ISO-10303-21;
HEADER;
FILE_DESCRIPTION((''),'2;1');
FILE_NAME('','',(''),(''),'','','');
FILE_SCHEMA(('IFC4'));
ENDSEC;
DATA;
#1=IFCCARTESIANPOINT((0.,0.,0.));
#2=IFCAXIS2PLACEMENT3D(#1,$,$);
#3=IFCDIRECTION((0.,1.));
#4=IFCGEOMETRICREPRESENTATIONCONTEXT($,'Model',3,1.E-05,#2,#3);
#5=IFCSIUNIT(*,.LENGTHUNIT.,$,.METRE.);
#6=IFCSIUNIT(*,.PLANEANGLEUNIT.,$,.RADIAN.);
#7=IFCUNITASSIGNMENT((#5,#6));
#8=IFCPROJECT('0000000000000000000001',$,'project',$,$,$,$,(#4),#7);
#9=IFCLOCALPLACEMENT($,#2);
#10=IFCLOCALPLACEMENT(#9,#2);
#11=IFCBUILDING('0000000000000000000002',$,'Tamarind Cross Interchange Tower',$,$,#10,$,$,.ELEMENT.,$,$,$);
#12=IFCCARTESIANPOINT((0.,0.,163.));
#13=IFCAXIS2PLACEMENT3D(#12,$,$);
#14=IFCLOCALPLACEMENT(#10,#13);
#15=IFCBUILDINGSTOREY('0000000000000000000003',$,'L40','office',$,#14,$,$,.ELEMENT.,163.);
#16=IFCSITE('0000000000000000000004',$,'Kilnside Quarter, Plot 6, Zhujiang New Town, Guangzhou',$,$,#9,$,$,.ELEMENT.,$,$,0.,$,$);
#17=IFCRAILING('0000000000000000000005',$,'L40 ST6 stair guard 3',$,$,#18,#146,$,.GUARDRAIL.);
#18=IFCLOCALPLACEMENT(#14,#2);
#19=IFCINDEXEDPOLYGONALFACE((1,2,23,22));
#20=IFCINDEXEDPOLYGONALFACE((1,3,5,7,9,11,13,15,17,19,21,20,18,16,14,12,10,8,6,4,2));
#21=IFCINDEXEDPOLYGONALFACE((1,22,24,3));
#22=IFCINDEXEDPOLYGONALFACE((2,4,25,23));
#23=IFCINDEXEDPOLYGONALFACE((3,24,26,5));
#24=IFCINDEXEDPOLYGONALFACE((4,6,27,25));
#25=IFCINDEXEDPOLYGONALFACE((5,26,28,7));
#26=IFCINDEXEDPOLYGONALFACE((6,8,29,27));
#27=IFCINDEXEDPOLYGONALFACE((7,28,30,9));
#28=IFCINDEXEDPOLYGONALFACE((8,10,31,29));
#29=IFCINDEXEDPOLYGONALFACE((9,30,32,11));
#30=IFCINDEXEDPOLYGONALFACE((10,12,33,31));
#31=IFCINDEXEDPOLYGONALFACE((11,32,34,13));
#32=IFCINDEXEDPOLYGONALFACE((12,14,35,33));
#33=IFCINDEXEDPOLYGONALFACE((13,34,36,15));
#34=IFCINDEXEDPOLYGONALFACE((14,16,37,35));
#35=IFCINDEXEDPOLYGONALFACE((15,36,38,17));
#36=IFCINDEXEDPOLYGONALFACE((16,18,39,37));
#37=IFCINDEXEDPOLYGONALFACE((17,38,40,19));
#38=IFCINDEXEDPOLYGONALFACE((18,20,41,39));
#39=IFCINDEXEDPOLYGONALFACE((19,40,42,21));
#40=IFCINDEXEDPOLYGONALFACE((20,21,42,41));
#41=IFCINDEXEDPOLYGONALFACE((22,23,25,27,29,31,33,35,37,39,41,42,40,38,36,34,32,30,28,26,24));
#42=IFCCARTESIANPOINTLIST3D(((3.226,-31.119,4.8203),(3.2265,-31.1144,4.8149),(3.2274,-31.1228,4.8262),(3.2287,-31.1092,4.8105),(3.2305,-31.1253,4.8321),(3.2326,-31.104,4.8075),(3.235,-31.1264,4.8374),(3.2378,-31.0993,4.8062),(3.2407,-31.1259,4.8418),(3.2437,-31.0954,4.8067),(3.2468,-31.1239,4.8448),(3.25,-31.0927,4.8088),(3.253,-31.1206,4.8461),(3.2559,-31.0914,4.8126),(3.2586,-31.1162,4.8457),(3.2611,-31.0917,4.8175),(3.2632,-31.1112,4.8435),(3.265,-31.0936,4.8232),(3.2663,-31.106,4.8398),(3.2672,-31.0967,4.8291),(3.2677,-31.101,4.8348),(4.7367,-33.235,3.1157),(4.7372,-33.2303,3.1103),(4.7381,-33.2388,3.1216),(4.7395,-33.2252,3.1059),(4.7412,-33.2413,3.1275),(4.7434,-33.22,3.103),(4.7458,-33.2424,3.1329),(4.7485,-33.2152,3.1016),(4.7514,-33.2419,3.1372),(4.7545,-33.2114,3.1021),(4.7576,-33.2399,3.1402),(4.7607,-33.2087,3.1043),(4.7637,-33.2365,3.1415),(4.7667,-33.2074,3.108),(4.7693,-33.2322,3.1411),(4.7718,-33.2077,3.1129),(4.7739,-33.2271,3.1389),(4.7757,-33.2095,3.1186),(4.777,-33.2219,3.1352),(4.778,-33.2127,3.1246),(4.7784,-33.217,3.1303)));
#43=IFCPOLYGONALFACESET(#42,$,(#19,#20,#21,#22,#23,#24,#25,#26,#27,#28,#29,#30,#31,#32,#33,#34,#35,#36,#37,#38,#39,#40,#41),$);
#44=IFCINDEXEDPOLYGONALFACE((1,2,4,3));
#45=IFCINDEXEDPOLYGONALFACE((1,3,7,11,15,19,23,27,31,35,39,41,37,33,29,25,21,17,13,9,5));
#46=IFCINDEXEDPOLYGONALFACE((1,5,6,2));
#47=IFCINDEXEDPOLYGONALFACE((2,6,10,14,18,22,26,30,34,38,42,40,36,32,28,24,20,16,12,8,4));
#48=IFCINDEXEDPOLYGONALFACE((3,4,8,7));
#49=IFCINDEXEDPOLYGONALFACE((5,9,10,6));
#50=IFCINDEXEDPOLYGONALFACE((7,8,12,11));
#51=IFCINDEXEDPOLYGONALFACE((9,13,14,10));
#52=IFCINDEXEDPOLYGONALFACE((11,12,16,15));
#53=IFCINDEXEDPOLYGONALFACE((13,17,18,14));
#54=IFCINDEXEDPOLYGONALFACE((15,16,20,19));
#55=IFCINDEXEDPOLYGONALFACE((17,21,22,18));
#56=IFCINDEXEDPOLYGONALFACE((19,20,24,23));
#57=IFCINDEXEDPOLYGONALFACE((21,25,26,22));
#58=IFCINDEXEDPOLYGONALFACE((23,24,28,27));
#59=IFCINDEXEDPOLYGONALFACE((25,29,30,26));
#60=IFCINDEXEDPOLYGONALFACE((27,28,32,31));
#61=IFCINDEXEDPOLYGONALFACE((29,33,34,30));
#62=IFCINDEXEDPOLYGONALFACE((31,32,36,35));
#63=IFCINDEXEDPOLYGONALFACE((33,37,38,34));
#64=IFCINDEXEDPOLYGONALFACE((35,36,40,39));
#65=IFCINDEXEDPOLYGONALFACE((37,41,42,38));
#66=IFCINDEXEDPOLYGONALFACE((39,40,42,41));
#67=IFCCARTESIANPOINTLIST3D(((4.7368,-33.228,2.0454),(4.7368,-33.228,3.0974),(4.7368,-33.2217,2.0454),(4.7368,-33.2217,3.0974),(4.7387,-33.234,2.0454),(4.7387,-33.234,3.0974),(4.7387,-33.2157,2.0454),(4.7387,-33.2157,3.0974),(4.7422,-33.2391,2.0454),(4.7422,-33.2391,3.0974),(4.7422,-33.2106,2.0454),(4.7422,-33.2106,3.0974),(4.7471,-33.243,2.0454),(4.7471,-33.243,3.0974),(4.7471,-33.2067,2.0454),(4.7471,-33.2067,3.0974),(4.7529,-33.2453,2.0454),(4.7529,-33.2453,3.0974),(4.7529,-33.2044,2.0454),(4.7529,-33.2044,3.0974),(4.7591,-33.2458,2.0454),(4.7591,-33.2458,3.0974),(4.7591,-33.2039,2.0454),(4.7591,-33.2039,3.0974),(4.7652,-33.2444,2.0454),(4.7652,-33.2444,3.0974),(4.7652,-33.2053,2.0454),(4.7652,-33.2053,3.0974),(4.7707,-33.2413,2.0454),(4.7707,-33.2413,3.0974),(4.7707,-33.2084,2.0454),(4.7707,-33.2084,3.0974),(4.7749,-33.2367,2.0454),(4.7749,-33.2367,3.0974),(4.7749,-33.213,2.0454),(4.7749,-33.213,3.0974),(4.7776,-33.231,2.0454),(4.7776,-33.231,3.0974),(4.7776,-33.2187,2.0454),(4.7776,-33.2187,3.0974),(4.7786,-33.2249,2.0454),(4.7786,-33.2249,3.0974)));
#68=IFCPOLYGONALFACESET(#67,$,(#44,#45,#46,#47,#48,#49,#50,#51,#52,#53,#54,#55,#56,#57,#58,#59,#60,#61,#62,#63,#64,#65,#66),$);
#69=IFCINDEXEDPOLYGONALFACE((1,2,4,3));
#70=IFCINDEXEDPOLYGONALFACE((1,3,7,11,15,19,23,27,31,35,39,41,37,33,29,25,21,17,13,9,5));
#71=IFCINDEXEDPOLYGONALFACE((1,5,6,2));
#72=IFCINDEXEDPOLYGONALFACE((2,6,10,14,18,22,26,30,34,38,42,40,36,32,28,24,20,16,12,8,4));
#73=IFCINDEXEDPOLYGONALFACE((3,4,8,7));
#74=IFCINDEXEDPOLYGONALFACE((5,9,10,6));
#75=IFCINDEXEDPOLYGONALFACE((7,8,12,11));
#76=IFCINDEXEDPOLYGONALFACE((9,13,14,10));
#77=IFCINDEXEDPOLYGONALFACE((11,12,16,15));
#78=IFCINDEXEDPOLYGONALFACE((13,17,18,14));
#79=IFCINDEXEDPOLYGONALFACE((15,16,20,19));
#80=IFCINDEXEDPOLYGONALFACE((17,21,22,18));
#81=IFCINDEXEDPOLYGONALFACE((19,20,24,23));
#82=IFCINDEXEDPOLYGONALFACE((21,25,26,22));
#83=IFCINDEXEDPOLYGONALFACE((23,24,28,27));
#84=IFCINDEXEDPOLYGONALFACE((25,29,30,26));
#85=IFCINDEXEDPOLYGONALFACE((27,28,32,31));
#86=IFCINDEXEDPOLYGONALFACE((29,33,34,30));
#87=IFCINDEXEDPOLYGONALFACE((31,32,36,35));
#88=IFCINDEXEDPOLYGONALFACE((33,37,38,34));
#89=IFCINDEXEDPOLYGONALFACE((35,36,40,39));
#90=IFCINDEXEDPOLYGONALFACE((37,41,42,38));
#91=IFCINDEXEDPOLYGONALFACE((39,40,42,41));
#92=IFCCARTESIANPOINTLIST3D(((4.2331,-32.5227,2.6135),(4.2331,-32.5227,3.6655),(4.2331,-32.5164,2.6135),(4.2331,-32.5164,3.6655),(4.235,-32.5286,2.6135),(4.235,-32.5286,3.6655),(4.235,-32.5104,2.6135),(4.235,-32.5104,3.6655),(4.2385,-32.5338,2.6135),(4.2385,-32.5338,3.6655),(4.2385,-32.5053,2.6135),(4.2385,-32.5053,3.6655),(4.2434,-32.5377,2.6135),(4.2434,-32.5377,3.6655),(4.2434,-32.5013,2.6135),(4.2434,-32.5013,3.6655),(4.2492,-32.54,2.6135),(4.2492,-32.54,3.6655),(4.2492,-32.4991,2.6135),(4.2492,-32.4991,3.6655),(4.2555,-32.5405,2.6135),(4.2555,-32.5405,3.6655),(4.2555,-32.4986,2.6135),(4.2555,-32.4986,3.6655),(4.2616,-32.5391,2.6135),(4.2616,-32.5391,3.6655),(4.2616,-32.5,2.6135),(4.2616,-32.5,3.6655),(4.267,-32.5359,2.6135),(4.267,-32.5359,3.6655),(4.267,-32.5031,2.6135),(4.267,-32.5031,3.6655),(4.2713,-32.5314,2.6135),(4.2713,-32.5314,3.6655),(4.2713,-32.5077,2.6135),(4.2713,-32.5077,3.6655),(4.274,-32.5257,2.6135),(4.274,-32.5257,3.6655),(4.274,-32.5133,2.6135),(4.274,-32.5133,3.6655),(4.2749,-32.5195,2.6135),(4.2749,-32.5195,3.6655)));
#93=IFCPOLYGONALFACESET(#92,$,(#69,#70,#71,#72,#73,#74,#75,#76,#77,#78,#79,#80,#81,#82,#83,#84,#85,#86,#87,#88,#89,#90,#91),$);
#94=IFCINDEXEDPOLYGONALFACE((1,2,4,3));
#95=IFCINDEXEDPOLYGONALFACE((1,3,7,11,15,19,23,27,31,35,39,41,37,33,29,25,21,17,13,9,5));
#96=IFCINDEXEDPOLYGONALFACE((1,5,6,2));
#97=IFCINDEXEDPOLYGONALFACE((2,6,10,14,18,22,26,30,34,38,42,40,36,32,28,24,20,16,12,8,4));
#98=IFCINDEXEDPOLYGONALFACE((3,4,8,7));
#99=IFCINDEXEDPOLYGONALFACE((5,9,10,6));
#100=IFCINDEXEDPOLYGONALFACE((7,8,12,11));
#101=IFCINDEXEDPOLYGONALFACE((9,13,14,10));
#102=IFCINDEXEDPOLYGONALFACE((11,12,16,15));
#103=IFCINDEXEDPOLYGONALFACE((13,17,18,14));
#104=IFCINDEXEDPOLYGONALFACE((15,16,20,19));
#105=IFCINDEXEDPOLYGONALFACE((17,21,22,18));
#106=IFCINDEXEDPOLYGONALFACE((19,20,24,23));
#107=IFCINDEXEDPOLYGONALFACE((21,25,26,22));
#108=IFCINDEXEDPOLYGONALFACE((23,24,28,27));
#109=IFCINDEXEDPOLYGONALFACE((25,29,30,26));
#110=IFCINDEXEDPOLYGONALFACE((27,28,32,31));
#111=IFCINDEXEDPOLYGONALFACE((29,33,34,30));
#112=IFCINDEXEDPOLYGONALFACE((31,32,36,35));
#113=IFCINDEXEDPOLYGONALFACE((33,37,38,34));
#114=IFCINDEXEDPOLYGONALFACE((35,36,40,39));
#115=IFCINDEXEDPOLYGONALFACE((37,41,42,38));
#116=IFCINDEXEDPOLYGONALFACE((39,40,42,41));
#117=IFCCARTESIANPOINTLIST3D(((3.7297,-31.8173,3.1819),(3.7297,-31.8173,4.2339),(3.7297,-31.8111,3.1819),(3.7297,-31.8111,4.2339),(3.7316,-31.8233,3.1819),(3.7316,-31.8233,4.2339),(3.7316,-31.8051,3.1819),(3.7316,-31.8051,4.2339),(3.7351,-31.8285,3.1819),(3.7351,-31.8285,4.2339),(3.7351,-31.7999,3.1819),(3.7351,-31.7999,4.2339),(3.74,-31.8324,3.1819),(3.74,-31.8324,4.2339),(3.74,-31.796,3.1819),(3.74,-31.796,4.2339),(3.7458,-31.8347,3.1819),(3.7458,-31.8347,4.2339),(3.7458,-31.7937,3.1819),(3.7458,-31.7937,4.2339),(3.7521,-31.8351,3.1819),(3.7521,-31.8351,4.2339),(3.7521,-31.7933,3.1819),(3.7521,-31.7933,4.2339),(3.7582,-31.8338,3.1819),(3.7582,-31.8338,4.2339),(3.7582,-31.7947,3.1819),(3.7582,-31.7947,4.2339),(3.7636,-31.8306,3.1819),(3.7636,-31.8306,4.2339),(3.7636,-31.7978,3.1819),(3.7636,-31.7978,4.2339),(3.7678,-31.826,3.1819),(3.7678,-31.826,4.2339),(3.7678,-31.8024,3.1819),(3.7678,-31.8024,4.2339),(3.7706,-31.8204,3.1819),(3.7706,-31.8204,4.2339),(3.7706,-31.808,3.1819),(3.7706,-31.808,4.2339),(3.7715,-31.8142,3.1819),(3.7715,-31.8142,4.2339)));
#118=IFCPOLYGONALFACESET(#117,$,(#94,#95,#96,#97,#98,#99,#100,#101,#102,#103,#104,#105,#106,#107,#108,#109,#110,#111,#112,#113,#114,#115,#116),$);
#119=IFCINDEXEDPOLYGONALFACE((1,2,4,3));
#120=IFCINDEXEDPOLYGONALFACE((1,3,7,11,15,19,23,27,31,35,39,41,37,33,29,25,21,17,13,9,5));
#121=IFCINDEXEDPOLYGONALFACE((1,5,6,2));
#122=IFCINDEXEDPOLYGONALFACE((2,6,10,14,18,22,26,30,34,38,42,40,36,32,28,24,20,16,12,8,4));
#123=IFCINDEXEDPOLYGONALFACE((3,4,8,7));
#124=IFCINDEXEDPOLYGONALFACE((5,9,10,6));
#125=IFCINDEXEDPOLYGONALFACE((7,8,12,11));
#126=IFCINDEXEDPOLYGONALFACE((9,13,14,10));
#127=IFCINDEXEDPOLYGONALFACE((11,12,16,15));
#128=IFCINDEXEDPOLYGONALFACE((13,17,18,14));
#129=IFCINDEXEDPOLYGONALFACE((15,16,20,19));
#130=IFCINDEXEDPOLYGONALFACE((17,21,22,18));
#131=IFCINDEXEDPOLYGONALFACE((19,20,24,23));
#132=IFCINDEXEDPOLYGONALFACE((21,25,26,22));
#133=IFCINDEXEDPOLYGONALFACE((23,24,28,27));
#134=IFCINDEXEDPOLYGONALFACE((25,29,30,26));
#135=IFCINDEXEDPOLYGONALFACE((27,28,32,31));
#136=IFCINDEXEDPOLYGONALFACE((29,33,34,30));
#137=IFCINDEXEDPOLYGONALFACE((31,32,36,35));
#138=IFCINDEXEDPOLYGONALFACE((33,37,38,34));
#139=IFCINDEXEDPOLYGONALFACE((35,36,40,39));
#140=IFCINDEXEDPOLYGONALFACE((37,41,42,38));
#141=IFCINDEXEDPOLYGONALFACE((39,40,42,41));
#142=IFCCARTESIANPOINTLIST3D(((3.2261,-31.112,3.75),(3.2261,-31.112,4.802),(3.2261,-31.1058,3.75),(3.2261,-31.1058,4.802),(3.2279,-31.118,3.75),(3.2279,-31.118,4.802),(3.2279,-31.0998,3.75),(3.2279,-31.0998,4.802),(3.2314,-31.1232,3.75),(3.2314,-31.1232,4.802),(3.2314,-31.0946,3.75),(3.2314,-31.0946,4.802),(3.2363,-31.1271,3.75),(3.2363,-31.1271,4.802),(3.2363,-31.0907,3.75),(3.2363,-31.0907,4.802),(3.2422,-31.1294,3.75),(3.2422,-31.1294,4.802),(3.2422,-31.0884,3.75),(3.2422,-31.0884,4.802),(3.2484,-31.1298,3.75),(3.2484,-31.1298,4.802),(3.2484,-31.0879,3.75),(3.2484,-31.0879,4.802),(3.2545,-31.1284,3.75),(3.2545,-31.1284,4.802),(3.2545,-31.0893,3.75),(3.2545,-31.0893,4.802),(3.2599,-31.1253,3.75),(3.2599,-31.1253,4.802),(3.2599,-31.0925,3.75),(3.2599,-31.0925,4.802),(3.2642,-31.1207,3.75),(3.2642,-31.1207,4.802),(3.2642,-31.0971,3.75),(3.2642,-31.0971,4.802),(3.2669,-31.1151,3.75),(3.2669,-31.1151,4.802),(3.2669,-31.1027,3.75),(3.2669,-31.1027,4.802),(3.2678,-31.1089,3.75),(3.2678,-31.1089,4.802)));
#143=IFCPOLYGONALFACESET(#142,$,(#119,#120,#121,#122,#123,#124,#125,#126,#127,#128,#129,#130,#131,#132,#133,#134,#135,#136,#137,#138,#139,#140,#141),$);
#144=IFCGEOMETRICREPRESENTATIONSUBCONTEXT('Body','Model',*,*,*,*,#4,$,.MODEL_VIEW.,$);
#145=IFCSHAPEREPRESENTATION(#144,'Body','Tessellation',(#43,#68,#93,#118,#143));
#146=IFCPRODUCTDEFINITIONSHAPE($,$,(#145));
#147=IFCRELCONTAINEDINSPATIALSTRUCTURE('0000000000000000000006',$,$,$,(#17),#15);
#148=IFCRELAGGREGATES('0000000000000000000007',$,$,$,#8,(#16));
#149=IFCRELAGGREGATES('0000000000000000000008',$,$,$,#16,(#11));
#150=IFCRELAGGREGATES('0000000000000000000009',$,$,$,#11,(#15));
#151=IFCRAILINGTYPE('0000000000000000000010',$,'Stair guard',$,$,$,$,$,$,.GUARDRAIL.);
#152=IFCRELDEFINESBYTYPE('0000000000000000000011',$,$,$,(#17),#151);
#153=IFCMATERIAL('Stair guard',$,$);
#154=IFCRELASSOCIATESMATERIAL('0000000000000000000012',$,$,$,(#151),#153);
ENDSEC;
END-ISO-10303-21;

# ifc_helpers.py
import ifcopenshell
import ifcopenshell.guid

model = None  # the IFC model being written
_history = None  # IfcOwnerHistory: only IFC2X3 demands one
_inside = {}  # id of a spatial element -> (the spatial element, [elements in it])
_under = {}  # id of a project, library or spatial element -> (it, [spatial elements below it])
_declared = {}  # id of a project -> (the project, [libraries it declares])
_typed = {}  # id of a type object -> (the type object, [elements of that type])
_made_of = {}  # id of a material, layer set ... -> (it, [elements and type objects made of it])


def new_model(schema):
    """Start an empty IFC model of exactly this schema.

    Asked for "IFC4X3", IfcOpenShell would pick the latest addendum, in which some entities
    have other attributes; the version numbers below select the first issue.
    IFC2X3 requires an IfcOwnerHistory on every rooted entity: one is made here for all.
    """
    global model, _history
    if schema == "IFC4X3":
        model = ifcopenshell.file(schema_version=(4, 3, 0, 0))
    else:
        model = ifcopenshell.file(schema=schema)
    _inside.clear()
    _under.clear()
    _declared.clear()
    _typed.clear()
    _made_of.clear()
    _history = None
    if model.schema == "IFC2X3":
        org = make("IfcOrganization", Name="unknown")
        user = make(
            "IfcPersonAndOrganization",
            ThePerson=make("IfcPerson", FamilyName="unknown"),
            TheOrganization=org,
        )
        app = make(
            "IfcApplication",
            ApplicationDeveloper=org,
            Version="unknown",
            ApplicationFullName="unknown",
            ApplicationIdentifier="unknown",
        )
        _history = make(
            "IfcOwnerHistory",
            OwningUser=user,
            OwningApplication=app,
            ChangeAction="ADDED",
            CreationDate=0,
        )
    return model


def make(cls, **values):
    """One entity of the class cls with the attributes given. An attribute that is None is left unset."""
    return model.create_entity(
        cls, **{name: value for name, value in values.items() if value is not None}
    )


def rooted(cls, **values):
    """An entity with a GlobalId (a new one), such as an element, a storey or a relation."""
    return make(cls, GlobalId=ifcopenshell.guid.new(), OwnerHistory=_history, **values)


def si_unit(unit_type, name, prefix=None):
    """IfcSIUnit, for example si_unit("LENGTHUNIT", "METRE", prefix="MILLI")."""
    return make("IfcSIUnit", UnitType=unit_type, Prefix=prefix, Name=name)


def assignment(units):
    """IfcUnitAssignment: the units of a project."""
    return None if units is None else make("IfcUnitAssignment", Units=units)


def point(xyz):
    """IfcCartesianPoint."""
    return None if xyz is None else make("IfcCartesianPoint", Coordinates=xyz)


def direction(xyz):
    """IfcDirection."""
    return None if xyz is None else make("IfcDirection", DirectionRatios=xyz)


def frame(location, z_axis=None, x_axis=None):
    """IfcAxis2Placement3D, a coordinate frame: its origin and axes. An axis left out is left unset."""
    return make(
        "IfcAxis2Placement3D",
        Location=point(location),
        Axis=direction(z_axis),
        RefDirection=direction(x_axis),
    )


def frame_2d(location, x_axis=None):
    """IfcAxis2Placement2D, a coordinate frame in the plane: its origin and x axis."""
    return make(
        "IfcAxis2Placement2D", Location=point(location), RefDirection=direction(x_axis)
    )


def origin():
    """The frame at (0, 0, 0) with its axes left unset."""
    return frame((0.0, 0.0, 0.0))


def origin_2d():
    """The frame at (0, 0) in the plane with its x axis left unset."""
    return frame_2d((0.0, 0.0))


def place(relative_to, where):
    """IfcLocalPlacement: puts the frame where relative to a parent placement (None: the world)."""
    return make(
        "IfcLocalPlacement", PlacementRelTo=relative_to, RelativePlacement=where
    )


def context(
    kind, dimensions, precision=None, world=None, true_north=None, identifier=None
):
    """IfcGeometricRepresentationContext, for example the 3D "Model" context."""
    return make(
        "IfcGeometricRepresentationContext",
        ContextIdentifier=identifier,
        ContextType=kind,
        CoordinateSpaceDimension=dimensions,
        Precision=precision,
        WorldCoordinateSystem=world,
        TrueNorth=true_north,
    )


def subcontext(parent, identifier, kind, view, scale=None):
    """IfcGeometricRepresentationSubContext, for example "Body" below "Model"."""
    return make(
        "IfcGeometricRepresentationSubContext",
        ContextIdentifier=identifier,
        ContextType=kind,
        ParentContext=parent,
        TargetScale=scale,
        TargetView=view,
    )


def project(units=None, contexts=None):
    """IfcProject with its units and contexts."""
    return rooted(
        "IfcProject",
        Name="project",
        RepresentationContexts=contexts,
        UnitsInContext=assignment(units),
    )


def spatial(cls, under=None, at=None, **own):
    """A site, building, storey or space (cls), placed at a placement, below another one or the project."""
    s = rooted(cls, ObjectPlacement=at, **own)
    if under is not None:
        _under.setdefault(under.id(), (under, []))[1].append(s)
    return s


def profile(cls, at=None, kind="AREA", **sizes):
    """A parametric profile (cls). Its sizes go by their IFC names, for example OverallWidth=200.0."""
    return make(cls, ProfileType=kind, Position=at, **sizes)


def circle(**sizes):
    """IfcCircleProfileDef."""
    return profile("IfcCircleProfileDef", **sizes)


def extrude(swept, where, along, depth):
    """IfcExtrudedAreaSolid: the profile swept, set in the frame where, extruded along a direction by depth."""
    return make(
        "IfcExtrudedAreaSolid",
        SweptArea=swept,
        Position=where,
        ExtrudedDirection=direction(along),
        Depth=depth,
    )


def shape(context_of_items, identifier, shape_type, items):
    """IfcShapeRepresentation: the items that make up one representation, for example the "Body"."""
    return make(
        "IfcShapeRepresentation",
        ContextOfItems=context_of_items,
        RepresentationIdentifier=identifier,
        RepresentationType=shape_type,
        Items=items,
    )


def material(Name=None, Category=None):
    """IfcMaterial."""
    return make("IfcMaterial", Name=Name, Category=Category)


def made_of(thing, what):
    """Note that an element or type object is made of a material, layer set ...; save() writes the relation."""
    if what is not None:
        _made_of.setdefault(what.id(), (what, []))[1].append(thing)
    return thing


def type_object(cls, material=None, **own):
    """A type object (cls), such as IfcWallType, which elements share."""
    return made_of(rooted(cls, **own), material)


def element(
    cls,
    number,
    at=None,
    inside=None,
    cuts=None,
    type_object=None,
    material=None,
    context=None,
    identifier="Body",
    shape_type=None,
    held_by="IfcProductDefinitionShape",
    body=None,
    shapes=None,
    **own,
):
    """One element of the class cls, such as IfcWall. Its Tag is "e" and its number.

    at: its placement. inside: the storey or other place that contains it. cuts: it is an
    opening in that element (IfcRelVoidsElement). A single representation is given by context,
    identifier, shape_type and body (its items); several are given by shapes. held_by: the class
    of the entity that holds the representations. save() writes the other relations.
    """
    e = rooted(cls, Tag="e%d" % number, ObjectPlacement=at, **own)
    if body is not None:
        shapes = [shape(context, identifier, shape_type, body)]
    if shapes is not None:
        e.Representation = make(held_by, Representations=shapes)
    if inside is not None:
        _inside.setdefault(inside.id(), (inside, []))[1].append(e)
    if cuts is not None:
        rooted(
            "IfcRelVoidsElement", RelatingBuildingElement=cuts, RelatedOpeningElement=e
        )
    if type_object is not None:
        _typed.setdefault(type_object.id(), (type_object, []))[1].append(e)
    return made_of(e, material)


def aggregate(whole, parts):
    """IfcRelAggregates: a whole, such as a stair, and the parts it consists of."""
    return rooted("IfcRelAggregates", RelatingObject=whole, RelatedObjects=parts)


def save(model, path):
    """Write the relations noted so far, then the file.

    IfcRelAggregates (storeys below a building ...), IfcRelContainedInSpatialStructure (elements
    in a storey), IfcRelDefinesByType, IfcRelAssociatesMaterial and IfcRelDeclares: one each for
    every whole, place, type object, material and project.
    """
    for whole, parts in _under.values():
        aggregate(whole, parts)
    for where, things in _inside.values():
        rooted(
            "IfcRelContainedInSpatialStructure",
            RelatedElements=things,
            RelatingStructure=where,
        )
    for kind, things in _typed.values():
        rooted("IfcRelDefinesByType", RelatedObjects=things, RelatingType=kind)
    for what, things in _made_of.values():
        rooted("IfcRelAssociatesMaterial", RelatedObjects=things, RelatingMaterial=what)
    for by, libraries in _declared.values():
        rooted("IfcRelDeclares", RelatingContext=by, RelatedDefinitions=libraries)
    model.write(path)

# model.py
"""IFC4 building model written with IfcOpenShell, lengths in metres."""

from ifc_helpers import new_model, si_unit, direction, frame, origin, origin_2d, place, context, subcontext, project, spatial, circle, extrude, material, type_object, element, save


model = new_model("IFC4")

# Units and contexts
model_context = context("Model", 3, precision=1e-05, world=origin(), true_north=direction((0.0, 1.0)))
body_context = subcontext(model_context, "Body", "Model", "MODEL_VIEW")
ifc_project = project(units=[si_unit("LENGTHUNIT", "METRE"), si_unit("PLANEANGLEUNIT", "RADIAN")], contexts=[model_context])

# Site, building, storey
site_placement = place(None, origin())
site = spatial("IfcSite", under=ifc_project, at=site_placement, Name="Kilnside Quarter, Plot 6, Zhujiang New Town, Guangzhou", CompositionType="ELEMENT", RefElevation=0.0)
building_placement = place(site_placement, origin())
building = spatial("IfcBuilding", under=site, at=building_placement, Name="Tamarind Cross Interchange Tower", CompositionType="ELEMENT")
storey_placement = place(building_placement, frame((0.0, 0.0, 163.0)))
storey = spatial("IfcBuildingStorey", under=building, at=storey_placement, Name="L40", Description="office", CompositionType="ELEMENT", Elevation=163.0)

# Railing
ifc_material_1 = material(Name="Stair guard")
railing_type_1 = type_object("IfcRailingType", Name="Stair guard", PredefinedType="GUARDRAIL", material=ifc_material_1)
railing_1_placement = place(storey_placement, frame((4.7576, -33.2249, 2.0454)))
element("IfcRailing", 1, at=railing_1_placement, inside=storey, type_object=railing_type_1, Name="L40 ST6 stair guard 3", PredefinedType="GUARDRAIL", context=body_context, shape_type="SweptSolid", body=[
    extrude(circle(Radius=0.0239, at=origin_2d()), frame((0.0, 0.0, 1.0762), z_axis=(-0.48594, 0.680615, 0.548293), x_axis=(-0.813854, -0.581069, 0.0)), (0.0, 0.0, 1.0), 3.1089),
    extrude(circle(Radius=0.021, at=origin_2d()), origin(), (0.0, 0.0, 1.0), 1.052),
    extrude(circle(Radius=0.021, at=origin_2d()), frame((-0.5037, 0.7053, 0.5681)), (0.0, 0.0, 1.0), 1.052),
    extrude(circle(Radius=0.021, at=origin_2d()), frame((-1.0071, 1.4106, 1.1365)), (0.0, 0.0, 1.0), 1.052),
    extrude(circle(Radius=0.021, at=origin_2d()), frame((-1.5107, 2.116, 1.7046)), (0.0, 0.0, 1.0), 1.052),
])

save(model, "model.ifc")
